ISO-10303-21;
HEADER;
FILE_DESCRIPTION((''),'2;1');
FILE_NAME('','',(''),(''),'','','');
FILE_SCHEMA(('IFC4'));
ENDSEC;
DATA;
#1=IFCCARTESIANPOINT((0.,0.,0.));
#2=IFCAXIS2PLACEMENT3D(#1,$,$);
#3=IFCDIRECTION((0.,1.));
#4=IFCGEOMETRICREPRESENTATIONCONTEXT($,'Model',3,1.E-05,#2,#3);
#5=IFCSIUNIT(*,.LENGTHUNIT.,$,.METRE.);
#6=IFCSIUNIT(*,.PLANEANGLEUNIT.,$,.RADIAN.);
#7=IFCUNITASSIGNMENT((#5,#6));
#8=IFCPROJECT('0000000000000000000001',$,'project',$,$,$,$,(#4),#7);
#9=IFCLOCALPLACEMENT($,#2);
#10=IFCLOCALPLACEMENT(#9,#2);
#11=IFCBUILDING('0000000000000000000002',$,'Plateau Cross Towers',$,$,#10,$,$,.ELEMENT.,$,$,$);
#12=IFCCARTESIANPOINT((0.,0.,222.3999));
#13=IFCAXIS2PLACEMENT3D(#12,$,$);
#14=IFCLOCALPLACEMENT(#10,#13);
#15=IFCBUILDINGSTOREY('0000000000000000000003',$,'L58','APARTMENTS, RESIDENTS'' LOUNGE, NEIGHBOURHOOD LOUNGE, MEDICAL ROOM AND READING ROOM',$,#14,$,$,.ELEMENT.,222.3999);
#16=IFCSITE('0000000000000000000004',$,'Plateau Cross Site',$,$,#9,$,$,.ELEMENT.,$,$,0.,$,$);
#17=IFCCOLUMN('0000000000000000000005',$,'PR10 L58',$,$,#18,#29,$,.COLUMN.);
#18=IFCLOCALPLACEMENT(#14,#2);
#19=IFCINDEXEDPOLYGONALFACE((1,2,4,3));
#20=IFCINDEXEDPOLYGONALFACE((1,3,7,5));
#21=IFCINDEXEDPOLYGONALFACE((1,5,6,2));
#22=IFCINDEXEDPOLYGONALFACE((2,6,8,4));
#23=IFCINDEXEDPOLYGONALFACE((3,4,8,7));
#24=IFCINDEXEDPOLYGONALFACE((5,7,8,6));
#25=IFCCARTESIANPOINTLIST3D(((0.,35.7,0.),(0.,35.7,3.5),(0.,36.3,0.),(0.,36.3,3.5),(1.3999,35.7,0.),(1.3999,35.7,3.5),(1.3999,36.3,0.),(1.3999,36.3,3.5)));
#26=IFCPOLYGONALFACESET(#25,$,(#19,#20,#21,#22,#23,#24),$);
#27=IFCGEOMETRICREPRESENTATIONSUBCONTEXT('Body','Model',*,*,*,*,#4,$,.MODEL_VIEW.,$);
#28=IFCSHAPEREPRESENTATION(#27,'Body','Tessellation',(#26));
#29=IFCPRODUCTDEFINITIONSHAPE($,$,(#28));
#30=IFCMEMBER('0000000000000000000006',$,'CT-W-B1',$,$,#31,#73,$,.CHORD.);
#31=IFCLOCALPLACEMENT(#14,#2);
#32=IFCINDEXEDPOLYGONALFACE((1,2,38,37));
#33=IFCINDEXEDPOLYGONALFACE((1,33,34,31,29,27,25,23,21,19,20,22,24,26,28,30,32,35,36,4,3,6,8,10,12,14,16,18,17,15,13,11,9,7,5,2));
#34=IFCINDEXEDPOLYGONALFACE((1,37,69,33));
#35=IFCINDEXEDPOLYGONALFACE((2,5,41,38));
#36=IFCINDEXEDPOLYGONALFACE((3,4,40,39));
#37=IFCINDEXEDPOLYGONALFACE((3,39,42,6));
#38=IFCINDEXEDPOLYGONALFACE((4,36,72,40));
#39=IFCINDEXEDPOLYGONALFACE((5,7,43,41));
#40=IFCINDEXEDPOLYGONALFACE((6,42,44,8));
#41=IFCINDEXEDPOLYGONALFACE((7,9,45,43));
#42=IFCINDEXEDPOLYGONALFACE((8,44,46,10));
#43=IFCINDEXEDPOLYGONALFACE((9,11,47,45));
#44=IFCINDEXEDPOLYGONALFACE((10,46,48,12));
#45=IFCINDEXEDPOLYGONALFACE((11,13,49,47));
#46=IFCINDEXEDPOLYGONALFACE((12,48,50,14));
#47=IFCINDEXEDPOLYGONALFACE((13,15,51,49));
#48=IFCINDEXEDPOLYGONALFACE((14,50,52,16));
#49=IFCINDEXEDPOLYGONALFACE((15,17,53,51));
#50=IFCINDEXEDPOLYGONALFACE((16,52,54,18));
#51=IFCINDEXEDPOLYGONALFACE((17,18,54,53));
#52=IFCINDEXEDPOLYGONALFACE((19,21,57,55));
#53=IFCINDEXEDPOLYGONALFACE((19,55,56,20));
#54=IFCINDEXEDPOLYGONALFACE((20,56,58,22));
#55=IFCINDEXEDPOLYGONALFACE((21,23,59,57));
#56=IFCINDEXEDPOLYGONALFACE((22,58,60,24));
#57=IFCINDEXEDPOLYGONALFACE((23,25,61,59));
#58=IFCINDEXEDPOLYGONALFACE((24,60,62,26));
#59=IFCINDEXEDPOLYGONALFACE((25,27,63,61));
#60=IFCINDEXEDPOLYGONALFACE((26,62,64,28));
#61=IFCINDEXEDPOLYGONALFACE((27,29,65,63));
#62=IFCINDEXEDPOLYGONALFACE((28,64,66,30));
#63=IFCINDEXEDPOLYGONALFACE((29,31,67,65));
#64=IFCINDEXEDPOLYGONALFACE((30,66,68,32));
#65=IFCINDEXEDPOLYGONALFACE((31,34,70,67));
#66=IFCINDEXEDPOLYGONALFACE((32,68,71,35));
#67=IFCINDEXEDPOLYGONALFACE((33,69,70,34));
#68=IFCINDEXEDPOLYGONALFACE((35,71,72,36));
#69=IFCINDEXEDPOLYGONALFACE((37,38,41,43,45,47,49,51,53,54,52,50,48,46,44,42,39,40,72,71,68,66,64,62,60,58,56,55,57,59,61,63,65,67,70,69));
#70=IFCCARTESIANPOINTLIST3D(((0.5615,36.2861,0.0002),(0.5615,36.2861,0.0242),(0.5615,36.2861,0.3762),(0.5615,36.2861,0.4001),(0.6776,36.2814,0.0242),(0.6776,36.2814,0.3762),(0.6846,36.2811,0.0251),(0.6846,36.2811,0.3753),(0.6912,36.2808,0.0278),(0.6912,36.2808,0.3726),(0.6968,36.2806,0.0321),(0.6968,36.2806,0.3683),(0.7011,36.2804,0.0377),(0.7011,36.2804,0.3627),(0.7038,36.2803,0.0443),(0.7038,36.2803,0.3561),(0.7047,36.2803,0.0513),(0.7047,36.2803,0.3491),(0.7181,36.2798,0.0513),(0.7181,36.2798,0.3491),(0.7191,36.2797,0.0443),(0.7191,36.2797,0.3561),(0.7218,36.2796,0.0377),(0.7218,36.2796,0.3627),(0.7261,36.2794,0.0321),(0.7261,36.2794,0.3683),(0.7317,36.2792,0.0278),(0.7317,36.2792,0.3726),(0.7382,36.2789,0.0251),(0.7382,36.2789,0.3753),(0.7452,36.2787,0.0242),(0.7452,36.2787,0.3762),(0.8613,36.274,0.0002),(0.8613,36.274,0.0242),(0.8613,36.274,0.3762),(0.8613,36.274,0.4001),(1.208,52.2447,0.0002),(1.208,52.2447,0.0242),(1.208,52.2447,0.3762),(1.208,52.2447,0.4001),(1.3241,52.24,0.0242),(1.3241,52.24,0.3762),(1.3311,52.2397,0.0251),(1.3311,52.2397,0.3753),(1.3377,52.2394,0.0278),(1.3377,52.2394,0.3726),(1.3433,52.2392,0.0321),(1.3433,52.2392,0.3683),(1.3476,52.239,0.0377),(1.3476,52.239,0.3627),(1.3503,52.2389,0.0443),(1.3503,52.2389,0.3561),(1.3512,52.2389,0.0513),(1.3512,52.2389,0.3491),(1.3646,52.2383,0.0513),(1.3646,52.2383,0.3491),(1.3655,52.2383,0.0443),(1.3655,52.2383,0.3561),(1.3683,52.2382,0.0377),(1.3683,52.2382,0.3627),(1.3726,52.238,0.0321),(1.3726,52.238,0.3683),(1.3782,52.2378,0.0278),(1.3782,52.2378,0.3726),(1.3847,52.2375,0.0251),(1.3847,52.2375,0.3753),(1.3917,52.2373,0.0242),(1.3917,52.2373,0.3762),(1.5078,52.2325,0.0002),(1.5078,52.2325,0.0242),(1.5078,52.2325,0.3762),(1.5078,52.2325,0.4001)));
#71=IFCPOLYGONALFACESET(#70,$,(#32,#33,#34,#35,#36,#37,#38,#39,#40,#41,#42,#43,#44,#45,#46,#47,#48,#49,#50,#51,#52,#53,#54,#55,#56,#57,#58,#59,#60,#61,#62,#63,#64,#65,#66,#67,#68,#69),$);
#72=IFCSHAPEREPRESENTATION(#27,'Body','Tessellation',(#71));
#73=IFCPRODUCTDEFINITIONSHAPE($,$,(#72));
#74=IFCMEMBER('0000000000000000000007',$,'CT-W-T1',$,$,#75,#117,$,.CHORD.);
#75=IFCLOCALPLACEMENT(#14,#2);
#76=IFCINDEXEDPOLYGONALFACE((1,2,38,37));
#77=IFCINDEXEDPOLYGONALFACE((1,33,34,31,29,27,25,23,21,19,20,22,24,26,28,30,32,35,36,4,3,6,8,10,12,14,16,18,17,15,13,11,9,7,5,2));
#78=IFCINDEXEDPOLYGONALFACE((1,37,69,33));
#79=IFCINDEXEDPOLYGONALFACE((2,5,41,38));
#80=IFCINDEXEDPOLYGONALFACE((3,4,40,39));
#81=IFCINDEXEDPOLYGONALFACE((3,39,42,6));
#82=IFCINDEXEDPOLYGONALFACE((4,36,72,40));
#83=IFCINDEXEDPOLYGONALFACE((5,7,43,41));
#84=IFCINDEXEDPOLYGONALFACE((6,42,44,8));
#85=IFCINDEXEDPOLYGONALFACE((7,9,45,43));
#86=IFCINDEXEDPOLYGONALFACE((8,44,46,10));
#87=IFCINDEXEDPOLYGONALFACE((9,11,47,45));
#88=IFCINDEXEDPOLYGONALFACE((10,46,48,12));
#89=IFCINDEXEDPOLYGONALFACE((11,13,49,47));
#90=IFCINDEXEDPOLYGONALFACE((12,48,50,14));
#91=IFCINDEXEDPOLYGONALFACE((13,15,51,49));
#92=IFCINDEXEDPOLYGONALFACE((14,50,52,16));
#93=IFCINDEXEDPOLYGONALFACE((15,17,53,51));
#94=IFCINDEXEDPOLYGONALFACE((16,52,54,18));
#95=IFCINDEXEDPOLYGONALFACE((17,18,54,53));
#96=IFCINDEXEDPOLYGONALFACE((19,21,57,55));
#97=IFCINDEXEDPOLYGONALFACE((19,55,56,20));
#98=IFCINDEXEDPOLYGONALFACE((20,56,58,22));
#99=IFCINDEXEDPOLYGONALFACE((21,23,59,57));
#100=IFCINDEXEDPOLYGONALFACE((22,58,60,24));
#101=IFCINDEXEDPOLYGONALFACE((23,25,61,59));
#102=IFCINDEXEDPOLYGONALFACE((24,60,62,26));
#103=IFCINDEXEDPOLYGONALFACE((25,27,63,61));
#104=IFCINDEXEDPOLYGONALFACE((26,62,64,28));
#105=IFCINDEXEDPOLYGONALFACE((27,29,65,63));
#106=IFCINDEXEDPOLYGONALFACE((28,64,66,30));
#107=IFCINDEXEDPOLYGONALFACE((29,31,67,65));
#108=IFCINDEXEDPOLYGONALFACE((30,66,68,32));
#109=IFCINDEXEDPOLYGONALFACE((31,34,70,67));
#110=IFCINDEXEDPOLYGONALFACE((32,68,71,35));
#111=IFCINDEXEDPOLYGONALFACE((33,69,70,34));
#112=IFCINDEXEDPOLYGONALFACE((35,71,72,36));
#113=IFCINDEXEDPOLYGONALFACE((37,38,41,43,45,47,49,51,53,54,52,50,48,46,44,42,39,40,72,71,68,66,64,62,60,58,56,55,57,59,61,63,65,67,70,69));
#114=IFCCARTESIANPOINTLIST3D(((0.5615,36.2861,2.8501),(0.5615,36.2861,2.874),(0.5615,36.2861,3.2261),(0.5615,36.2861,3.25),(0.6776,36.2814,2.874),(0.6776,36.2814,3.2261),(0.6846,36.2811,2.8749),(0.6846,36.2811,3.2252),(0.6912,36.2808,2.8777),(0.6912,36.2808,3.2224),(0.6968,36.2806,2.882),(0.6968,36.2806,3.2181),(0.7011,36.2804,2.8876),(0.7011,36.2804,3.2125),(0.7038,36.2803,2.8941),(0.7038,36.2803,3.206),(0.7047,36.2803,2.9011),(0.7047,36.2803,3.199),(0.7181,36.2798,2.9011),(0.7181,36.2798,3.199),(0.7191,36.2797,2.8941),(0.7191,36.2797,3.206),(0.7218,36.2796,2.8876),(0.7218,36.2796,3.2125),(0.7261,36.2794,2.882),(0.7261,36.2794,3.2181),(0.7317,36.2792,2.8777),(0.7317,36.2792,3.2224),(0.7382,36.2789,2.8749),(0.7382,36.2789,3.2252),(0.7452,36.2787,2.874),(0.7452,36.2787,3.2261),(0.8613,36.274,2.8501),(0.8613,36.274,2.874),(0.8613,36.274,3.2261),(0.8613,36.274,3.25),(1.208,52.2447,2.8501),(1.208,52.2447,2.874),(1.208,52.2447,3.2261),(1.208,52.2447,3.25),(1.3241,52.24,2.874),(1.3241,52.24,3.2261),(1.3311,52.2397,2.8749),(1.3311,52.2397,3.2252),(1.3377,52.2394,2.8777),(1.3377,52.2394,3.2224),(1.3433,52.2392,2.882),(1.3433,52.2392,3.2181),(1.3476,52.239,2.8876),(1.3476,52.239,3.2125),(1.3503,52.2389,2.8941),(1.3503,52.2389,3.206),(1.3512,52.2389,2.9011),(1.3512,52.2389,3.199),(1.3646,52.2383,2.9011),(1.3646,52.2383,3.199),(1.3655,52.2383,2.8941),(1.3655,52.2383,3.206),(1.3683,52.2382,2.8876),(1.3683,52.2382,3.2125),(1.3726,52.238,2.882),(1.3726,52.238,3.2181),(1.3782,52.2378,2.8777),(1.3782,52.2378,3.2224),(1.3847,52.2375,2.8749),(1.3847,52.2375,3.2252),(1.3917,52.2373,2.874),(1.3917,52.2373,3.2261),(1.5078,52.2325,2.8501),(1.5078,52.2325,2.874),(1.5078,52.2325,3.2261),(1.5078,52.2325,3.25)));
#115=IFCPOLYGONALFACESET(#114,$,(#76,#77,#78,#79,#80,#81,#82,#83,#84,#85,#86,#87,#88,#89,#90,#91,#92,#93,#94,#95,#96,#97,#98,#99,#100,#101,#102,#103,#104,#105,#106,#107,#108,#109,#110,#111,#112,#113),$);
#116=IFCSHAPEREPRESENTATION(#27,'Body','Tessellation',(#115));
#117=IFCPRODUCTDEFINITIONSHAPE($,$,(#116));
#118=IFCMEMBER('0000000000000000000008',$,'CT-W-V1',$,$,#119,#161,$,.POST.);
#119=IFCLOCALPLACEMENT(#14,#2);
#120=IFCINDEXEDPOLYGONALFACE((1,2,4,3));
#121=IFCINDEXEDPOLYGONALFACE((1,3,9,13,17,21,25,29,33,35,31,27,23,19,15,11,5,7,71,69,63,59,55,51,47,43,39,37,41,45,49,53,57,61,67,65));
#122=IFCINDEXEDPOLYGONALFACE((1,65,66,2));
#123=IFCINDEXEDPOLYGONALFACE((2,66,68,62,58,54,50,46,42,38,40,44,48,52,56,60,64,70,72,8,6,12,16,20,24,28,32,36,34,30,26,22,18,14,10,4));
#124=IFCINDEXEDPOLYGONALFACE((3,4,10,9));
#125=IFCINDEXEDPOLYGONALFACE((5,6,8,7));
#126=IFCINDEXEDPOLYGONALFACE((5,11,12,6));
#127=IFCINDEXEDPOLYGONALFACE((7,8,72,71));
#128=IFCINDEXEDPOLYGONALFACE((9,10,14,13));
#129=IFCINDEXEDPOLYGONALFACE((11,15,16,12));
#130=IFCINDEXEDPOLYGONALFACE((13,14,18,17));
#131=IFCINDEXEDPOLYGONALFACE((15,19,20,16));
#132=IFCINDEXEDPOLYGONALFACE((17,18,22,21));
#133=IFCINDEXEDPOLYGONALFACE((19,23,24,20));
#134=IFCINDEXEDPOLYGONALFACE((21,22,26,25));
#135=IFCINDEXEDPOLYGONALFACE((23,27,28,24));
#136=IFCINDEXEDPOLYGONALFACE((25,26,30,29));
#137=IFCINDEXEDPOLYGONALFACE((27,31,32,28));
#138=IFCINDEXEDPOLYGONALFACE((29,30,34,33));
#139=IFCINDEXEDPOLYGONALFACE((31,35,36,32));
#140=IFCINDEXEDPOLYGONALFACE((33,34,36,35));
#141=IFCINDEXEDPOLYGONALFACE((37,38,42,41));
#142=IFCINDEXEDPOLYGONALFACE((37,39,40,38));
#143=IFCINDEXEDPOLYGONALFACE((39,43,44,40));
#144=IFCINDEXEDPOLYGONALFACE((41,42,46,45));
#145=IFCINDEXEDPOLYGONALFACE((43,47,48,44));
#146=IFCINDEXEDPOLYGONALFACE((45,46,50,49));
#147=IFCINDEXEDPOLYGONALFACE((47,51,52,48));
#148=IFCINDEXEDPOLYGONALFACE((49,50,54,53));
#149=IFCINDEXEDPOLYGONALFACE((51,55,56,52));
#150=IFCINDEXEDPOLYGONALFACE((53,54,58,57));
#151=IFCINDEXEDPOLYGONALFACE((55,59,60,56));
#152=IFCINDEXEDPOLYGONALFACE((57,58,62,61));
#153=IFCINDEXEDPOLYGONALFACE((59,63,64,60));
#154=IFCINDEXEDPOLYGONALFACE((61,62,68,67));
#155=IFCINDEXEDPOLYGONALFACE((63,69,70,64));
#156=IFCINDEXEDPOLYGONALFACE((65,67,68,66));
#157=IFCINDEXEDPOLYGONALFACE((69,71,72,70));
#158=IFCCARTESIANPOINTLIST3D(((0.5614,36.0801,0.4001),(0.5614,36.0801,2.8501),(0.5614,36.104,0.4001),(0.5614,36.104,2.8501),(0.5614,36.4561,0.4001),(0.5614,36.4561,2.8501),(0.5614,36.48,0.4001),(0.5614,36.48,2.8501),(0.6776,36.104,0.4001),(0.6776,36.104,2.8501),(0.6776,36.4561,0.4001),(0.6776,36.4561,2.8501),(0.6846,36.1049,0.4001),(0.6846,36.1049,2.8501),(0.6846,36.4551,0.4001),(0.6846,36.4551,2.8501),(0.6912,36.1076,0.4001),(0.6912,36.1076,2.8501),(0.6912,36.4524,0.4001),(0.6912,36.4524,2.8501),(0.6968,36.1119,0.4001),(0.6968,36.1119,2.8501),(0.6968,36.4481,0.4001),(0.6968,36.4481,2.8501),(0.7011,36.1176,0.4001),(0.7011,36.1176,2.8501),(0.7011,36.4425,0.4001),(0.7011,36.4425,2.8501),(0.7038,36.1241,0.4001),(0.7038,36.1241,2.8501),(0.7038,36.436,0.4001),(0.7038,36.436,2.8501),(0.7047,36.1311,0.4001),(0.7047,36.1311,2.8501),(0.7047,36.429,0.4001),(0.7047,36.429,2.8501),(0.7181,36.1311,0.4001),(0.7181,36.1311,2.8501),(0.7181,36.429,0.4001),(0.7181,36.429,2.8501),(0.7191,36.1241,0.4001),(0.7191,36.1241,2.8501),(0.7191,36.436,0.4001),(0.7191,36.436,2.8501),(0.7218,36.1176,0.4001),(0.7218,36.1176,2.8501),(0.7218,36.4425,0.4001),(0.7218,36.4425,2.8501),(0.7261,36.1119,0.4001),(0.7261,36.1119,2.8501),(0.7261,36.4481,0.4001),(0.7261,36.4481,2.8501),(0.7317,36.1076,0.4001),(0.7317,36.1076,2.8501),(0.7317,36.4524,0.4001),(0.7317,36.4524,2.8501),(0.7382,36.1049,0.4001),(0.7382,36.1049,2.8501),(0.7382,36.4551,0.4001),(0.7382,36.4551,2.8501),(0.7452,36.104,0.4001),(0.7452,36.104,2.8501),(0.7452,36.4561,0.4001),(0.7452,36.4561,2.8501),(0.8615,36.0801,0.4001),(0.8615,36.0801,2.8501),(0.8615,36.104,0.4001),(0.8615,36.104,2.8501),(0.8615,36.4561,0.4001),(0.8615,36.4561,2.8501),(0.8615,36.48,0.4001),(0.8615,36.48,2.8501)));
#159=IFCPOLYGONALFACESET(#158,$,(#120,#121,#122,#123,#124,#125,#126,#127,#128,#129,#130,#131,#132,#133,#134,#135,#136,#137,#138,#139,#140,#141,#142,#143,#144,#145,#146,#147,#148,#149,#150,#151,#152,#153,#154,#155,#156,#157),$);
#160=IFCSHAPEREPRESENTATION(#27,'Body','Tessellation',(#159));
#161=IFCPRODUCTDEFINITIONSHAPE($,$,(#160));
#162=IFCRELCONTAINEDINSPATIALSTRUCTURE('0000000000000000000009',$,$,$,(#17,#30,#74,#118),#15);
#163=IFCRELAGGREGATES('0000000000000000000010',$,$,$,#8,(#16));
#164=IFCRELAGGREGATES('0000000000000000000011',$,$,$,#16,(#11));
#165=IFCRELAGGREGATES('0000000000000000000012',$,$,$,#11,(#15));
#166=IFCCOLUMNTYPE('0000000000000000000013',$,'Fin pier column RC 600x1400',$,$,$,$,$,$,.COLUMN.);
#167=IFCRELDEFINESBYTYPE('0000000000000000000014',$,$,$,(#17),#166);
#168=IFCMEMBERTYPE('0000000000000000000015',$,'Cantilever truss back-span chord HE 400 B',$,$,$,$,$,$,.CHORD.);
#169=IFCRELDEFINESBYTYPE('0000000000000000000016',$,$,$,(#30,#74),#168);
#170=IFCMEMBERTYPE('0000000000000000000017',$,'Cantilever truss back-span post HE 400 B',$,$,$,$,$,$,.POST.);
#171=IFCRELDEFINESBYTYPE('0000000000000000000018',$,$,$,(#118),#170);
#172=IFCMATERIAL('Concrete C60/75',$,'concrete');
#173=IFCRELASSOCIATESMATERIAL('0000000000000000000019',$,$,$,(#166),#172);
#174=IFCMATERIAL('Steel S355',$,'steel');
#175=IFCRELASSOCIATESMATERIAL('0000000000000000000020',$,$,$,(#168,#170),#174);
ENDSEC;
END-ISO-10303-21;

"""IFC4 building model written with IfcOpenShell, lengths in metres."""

from ifc_helpers import new_model, si_unit, direction, frame, origin, origin_2d, place, context, subcontext, project, spatial, rectangle, i_section, extrude, material, material_profile, profile_set, type_object, element, save


model = new_model("IFC4")

# Units and contexts
model_context = context("Model", 3, precision=1e-05, world=origin(), true_north=direction((0.0, 1.0)))
body_context = subcontext(model_context, "Body", "Model", "MODEL_VIEW")
ifc_project = project(units=[si_unit("LENGTHUNIT", "METRE"), si_unit("PLANEANGLEUNIT", "RADIAN")], contexts=[model_context])

# Site, building, storey
site_placement = place(None, origin())
site = spatial("IfcSite", under=ifc_project, at=site_placement, Name="Plateau Cross Site", CompositionType="ELEMENT", RefElevation=0.0)
building_placement = place(site_placement, origin())
building = spatial("IfcBuilding", under=site, at=building_placement, Name="Plateau Cross Towers", CompositionType="ELEMENT")
storey_placement = place(building_placement, frame((0.0, 0.0, 222.3999)))
storey = spatial("IfcBuildingStorey", under=building, at=storey_placement, Name="L58", Description="APARTMENTS, RESIDENTS' LOUNGE, NEIGHBOURHOOD LOUNGE, MEDICAL ROOM AND READING ROOM", CompositionType="ELEMENT", Elevation=222.3999)

# Column
ifc_material_1 = material(Name="Concrete C60/75", Category="concrete")
ifc_material_profile_1 = material_profile(ifc_material_1, rectangle(XDim=0.6001, YDim=1.3999, at=origin_2d()), Name="RC 600x1400")
ifc_profile_set_1 = profile_set([ifc_material_profile_1], Name="Concrete C60/75")
column_type = type_object("IfcColumnType", Name="Fin pier column RC 600x1400", PredefinedType="COLUMN", material=ifc_profile_set_1)
column_placement = place(storey_placement, frame((0.7, 36.0, 0.0), z_axis=(0.0, 0.0, 1.0), x_axis=(0.0, 1.0, 0.0)))
element("IfcColumn", 1, at=column_placement, inside=storey, type_object=column_type, Name="PR10 L58", PredefinedType="COLUMN", context=body_context, shape_type="SweptSolid", body=[
    extrude(rectangle(XDim=0.6001, YDim=1.3999, at=origin_2d()), origin(), (0.0, 0.0, 1.0), 3.5),
])

# Members
ifc_material_2 = material(Name="Steel S355", Category="steel")
ifc_material_profile_2 = material_profile(ifc_material_2, i_section(OverallWidth=0.3, OverallDepth=0.3999, WebThickness=0.0134, FlangeThickness=0.0239, FilletRadius=0.0271, at=origin_2d()), Name="HE 400 B")
ifc_profile_set_2 = profile_set([ifc_material_profile_2], Name="Steel S355")
member_type_1 = type_object("IfcMemberType", Name="Cantilever truss back-span chord HE 400 B", PredefinedType="CHORD", material=ifc_profile_set_2)
for number, where, z_axis, x_axis, name in (
    (2, (0.7114, 36.28, 0.2002), (0.040477, 0.99918, 0.0), (-0.99918, 0.040477, 0.0), "CT-W-B1"),
    (3, (0.7114, 36.28, 3.05), (0.040477, 0.99918, 0.0), (-0.99918, 0.040477, 0.0), "CT-W-T1"),
):
    element("IfcMember", number, at=place(storey_placement, frame(where, z_axis=z_axis, x_axis=x_axis)), inside=storey, type_object=member_type_1, Name=name, PredefinedType="CHORD", context=body_context, shape_type="SweptSolid", body=[
        extrude(i_section(OverallWidth=0.3, OverallDepth=0.3999, WebThickness=0.0134, FlangeThickness=0.0239, FilletRadius=0.0271, at=origin_2d()), origin(), (0.0, 0.0, 1.0), 15.9717),
    ])
ifc_material_profile_3 = material_profile(ifc_material_2, i_section(OverallWidth=0.3, OverallDepth=0.3999, WebThickness=0.0134, FlangeThickness=0.0239, FilletRadius=0.0271, at=origin_2d()), Name="HE 400 B")
ifc_profile_set_3 = profile_set([ifc_material_profile_3], Name="Steel S355")
member_type_2 = type_object("IfcMemberType", Name="Cantilever truss back-span post HE 400 B", PredefinedType="POST", material=ifc_profile_set_3)
for number, where, z_axis, x_axis, name in (
    (4, (0.7114, 36.28, 0.4001), (0.0, 0.0, 1.0), (1.0, 0.0, 0.0), "CT-W-V1"),
):
    element("IfcMember", number, at=place(storey_placement, frame(where, z_axis=z_axis, x_axis=x_axis)), inside=storey, type_object=member_type_2, Name=name, PredefinedType="POST", context=body_context, shape_type="SweptSolid", body=[
        extrude(i_section(OverallWidth=0.3, OverallDepth=0.3999, WebThickness=0.0134, FlangeThickness=0.0239, FilletRadius=0.0271, at=origin_2d()), origin(), (0.0, 0.0, 1.0), 2.45),
    ])

save(model, "model.ifc")
